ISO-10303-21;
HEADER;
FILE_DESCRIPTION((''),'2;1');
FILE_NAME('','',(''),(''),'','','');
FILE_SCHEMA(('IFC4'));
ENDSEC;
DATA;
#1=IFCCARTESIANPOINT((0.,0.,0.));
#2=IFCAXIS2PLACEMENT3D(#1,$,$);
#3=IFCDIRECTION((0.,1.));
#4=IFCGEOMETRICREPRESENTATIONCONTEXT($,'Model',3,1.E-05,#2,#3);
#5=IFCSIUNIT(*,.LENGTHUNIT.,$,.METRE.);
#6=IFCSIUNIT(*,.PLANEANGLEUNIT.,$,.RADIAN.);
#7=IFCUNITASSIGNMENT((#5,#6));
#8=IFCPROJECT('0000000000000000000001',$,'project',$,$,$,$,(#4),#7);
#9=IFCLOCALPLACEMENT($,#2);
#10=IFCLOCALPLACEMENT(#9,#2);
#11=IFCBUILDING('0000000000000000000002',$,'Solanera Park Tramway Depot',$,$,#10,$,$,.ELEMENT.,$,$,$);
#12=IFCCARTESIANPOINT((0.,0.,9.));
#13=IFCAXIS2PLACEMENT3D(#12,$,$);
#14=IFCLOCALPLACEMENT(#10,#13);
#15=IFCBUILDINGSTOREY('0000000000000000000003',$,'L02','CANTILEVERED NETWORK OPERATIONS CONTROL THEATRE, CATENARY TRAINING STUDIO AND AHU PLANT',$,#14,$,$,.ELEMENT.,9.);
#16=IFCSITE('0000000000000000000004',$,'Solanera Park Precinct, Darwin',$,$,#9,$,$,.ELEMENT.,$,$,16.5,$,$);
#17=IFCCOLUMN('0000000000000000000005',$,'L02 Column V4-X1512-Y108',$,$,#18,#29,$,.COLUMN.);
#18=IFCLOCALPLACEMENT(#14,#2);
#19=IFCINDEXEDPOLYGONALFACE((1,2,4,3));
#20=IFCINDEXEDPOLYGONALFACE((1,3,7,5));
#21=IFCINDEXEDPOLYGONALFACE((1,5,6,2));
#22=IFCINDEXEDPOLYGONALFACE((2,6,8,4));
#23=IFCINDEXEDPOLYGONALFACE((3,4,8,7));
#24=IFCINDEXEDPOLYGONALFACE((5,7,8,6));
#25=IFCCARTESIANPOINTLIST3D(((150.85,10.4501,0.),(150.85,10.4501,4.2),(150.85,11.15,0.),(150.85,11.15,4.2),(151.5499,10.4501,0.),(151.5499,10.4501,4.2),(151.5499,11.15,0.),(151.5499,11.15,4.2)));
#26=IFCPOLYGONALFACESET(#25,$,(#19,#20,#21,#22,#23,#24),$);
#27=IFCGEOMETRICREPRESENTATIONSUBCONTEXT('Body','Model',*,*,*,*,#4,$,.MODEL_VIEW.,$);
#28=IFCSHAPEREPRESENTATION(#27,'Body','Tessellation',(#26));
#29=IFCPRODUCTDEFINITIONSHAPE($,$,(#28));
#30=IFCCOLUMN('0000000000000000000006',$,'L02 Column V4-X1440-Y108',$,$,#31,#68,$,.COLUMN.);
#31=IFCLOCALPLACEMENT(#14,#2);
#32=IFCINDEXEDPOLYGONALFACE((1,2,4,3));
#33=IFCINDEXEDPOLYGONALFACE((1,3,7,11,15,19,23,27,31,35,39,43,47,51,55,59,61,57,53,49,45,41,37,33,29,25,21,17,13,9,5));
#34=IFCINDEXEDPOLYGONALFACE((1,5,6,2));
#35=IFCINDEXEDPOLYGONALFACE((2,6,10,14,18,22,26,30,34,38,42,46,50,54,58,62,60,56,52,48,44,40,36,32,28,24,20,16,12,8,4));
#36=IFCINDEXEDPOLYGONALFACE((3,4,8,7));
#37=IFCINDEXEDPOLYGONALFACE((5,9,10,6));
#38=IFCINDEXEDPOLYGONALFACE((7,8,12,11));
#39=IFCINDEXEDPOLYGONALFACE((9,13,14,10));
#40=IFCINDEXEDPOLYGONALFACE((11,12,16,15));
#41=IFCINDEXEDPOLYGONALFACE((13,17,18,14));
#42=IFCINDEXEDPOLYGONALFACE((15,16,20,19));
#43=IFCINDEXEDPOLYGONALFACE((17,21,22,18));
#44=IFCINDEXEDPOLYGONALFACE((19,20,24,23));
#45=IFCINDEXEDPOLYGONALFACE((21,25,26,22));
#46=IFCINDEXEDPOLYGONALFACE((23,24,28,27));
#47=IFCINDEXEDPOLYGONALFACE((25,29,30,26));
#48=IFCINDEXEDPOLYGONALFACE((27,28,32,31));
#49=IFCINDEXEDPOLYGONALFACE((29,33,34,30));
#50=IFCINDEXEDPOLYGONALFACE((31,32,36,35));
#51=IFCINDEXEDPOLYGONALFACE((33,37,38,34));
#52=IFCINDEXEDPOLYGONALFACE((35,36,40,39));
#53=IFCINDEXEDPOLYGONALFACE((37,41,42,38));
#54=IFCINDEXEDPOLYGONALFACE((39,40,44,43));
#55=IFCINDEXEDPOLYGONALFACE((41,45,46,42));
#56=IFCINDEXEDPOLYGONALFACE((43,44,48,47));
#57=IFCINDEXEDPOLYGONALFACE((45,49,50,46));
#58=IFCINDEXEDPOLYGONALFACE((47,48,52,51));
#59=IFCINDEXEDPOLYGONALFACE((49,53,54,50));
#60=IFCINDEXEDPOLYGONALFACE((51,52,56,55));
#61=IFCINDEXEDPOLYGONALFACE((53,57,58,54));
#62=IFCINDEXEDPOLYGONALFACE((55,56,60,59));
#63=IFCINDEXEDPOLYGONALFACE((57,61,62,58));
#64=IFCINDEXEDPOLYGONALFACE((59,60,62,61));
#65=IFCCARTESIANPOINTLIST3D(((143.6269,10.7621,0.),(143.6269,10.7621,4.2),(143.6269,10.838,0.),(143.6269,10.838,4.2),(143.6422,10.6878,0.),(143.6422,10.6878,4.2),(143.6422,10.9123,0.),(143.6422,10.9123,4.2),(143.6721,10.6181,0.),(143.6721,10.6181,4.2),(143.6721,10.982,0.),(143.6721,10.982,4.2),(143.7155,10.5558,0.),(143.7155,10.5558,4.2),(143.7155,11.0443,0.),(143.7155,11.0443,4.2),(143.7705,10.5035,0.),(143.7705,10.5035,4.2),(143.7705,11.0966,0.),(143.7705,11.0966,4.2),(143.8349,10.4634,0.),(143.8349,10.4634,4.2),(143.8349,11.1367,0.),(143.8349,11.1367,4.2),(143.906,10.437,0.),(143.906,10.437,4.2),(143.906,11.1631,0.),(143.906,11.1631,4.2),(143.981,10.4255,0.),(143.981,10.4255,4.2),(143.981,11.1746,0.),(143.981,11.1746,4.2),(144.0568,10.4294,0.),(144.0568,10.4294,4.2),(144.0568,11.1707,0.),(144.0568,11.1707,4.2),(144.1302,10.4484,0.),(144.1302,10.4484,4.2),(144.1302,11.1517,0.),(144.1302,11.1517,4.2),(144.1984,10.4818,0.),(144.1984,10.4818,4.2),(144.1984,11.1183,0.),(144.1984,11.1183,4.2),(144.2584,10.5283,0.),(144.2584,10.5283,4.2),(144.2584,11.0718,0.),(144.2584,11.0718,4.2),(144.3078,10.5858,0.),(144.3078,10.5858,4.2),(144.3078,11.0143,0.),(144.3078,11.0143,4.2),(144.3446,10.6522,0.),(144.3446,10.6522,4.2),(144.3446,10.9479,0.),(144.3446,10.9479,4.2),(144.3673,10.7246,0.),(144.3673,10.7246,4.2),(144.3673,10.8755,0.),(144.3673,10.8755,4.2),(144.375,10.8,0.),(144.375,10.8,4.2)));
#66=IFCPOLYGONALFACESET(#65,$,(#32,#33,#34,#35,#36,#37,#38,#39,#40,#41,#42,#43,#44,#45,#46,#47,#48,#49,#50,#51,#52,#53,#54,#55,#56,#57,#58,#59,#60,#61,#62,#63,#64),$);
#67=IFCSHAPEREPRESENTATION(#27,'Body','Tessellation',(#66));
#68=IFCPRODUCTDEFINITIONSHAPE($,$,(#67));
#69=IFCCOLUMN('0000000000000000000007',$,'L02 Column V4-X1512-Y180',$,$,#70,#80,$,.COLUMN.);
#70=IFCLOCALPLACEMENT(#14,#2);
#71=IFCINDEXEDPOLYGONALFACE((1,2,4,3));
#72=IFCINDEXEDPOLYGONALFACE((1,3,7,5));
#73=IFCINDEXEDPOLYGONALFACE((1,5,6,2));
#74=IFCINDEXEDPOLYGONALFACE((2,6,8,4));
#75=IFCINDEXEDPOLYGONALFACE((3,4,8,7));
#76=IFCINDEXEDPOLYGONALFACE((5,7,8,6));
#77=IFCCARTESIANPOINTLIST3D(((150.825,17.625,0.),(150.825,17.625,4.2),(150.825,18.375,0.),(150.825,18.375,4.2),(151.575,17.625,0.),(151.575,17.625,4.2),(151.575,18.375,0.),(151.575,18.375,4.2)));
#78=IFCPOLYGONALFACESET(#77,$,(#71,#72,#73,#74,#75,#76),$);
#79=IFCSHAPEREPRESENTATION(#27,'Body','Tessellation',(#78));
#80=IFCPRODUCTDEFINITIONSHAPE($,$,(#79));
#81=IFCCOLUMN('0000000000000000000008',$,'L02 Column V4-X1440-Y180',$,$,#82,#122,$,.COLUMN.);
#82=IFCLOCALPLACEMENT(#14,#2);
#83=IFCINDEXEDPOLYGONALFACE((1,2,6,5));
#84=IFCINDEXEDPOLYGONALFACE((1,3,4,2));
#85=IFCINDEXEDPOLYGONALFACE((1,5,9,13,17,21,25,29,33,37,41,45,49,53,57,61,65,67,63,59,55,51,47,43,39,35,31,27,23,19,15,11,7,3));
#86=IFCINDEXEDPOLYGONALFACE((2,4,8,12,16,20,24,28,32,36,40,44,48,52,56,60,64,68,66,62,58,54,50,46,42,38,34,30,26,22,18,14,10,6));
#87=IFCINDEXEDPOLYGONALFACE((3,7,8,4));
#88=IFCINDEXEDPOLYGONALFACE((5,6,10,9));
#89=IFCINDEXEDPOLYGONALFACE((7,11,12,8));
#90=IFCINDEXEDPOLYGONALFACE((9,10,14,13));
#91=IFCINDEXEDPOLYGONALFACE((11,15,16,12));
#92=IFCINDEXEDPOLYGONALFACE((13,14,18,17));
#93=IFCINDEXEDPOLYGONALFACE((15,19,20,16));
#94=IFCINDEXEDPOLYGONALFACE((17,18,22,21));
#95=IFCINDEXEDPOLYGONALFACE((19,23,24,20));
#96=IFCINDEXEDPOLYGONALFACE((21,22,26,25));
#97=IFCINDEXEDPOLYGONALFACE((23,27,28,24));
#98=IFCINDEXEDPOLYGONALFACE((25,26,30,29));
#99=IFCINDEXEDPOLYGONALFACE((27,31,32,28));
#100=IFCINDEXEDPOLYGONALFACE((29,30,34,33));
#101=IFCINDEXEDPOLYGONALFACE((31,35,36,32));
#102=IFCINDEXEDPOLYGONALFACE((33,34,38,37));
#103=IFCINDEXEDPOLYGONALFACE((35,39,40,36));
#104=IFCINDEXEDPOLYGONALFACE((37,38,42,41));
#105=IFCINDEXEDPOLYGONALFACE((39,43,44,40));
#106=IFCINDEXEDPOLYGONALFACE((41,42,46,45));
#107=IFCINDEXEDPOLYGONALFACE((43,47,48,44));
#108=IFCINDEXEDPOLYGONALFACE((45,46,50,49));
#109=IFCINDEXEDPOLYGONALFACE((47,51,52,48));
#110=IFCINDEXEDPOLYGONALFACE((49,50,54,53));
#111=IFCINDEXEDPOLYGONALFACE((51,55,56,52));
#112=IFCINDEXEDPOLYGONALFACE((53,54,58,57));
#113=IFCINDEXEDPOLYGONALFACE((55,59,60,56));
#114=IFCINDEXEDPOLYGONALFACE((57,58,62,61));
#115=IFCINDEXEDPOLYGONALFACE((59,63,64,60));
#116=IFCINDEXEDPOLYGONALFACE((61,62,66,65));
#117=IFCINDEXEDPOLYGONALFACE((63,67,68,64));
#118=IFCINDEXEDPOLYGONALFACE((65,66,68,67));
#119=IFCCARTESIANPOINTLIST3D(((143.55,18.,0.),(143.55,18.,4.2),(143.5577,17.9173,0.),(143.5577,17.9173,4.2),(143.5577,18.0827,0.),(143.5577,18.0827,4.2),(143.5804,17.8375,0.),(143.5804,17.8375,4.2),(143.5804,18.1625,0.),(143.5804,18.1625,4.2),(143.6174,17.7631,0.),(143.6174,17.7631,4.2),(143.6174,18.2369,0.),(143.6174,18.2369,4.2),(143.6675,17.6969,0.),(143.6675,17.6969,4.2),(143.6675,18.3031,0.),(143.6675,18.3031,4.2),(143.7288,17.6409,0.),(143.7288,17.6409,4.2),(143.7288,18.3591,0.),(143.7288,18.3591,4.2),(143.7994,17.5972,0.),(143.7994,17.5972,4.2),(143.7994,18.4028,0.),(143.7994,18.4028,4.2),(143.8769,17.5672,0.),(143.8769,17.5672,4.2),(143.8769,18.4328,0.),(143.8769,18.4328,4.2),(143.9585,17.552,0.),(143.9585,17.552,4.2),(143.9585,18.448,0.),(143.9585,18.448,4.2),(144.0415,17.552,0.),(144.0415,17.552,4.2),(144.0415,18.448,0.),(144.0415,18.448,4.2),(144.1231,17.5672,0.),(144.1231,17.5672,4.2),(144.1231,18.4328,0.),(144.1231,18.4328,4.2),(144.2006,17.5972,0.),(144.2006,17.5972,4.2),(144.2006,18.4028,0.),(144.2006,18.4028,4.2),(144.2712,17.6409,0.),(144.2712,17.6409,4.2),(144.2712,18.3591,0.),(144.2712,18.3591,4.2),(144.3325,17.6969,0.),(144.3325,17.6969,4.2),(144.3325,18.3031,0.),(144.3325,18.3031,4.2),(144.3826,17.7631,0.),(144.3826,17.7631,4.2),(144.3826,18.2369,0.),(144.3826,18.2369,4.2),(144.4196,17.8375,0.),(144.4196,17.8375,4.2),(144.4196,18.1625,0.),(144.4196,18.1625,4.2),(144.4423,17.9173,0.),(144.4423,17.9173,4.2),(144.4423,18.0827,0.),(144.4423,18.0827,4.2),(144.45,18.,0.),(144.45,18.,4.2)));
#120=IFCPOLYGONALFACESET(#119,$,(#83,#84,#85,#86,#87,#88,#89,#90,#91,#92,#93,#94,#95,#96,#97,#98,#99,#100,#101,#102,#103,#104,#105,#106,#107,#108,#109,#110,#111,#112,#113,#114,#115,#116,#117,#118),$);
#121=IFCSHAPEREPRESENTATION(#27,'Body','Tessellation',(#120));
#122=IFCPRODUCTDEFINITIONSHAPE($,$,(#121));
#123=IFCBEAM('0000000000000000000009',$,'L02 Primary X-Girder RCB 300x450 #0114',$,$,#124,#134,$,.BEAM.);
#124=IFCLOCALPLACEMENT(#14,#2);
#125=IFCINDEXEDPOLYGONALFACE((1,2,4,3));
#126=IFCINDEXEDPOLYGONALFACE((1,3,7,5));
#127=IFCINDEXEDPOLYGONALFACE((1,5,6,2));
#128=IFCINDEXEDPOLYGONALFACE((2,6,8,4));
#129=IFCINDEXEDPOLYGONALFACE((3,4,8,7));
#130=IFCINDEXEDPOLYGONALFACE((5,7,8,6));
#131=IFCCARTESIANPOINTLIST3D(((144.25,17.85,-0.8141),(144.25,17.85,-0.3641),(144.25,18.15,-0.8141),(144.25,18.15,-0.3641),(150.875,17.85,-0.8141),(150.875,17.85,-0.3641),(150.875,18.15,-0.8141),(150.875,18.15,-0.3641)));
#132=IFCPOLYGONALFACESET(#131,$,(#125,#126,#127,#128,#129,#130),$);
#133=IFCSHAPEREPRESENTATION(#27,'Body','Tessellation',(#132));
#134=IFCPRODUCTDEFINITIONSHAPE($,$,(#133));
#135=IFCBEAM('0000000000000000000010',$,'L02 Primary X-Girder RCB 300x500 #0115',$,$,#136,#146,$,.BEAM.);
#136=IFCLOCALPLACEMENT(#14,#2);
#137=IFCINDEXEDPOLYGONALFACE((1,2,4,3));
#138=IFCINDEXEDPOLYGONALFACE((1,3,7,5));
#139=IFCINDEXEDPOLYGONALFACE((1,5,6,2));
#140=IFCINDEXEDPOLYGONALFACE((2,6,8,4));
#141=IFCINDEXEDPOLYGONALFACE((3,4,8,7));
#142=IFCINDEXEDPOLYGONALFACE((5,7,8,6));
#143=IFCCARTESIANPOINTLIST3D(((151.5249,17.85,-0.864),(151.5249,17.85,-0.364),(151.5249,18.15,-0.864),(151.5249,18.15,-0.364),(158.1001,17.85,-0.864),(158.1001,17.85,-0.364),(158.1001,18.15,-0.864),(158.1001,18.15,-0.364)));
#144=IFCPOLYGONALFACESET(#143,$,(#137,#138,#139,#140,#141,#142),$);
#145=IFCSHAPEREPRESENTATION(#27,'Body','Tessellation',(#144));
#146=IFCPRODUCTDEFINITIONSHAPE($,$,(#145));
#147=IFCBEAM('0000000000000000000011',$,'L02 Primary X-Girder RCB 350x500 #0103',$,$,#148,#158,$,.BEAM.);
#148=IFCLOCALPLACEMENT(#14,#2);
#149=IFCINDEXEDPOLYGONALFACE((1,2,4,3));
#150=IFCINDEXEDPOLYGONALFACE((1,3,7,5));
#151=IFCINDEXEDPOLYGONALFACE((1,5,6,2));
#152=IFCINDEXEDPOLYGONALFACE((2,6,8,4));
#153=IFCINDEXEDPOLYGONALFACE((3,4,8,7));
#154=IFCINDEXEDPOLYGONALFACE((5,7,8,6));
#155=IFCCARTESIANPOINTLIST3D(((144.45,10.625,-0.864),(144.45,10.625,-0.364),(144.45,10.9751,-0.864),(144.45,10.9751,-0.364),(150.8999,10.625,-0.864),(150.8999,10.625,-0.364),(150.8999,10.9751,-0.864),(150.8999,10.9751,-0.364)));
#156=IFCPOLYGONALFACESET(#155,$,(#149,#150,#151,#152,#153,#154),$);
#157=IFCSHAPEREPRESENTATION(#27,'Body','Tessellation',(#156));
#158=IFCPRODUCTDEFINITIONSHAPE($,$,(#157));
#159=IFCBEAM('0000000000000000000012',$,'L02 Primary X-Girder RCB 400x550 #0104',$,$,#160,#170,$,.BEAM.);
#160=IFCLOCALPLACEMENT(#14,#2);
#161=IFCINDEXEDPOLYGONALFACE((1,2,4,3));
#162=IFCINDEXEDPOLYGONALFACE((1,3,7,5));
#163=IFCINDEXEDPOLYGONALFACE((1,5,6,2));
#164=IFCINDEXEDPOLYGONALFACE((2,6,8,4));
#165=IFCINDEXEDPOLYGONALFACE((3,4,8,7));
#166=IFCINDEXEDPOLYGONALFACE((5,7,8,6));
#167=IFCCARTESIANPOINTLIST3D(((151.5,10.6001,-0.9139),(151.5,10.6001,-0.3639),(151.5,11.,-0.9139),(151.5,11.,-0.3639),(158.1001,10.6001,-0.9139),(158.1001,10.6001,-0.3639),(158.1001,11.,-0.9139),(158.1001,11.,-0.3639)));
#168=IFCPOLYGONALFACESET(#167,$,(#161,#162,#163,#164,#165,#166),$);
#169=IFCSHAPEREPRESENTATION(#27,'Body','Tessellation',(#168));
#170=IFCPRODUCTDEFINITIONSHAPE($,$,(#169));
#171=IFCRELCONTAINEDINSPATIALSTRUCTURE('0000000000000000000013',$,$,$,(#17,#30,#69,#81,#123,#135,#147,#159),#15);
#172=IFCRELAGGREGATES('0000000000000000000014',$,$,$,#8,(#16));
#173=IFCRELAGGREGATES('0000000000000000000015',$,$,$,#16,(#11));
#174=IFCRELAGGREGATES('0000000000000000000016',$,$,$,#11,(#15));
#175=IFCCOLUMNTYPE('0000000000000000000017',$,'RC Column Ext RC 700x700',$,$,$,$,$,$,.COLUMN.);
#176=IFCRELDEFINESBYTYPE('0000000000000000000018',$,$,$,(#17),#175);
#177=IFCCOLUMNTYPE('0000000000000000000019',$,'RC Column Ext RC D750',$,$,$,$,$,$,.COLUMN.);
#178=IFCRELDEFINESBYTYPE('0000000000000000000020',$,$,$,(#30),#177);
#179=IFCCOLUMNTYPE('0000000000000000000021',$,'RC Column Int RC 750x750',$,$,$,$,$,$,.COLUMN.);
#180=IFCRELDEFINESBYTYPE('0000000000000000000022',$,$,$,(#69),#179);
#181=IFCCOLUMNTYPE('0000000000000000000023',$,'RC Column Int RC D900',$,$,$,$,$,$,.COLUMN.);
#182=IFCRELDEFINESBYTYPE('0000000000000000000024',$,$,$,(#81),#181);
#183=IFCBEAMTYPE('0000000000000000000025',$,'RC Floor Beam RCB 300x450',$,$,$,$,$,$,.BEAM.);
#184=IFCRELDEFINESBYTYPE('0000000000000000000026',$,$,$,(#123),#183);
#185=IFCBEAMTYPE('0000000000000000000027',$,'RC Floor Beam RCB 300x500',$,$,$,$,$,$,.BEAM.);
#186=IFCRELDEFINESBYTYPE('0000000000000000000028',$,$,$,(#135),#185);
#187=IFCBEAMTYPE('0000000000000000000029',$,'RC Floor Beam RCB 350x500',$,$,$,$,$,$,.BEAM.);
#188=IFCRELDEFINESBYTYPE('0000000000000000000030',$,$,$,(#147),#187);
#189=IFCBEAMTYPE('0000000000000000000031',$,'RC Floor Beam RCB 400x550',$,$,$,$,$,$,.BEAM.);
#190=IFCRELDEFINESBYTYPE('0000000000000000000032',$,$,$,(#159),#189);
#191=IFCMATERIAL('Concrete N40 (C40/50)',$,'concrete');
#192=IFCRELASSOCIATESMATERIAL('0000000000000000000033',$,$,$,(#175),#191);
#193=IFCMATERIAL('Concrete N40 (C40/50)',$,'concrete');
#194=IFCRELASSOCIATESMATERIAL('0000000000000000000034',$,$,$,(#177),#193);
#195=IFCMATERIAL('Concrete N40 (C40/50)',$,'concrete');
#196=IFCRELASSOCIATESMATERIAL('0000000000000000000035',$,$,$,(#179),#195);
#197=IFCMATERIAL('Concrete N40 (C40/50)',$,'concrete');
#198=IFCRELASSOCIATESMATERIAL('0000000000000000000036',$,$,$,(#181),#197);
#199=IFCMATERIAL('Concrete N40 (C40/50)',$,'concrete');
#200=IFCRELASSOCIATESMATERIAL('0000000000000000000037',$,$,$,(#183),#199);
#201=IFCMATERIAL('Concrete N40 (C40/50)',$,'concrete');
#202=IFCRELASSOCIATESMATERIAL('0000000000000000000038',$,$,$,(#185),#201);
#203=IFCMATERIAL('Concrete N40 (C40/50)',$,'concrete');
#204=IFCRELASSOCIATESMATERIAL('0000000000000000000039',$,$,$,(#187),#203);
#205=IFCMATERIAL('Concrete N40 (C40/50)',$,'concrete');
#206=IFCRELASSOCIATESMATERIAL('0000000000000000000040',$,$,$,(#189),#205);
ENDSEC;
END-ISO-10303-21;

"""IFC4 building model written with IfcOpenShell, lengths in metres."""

from ifc_helpers import new_model, si_unit, direction, frame, origin, origin_2d, place, context, subcontext, project, spatial, rectangle, circle, extrude, material, material_profile, profile_set, type_object, element, save


model = new_model("IFC4")

# Units and contexts
model_context = context("Model", 3, precision=1e-05, world=origin(), true_north=direction((0.0, 1.0)))
body_context = subcontext(model_context, "Body", "Model", "MODEL_VIEW")
ifc_project = project(units=[si_unit("LENGTHUNIT", "METRE"), si_unit("PLANEANGLEUNIT", "RADIAN")], contexts=[model_context])

# Site, building, storey
site_placement = place(None, origin())
site = spatial("IfcSite", under=ifc_project, at=site_placement, Name="Solanera Park Precinct, Darwin", CompositionType="ELEMENT", RefElevation=16.5)
building_placement = place(site_placement, origin())
building = spatial("IfcBuilding", under=site, at=building_placement, Name="Solanera Park Tramway Depot", CompositionType="ELEMENT")
storey_placement = place(building_placement, frame((0.0, 0.0, 9.0)))
storey = spatial("IfcBuildingStorey", under=building, at=storey_placement, Name="L02", Description="CANTILEVERED NETWORK OPERATIONS CONTROL THEATRE, CATENARY TRAINING STUDIO AND AHU PLANT", CompositionType="ELEMENT", Elevation=9.0)

# Columns
ifc_material_1 = material(Name="Concrete N40 (C40/50)", Category="concrete")
ifc_material_profile_1 = material_profile(ifc_material_1, rectangle(XDim=0.7, YDim=0.7, at=origin_2d()), Name="RC 700x700")
ifc_profile_set_1 = profile_set([ifc_material_profile_1], Name="Concrete N40 (C40/50)")
column_type_1 = type_object("IfcColumnType", Name="RC Column Ext RC 700x700", PredefinedType="COLUMN", material=ifc_profile_set_1)
column_1_placement = place(storey_placement, frame((151.2, 10.8, 0.0), z_axis=(0.0, 0.0, 1.0), x_axis=(1.0, 0.0, 0.0)))
element("IfcColumn", 1, at=column_1_placement, inside=storey, type_object=column_type_1, Name="L02 Column V4-X1512-Y108", PredefinedType="COLUMN", context=body_context, shape_type="SweptSolid", body=[
    extrude(rectangle(XDim=0.7, YDim=0.7, at=origin_2d()), origin(), (0.0, 0.0, 1.0), 4.2),
])
ifc_material_2 = material(Name="Concrete N40 (C40/50)", Category="concrete")
ifc_material_profile_2 = material_profile(ifc_material_2, circle(Radius=0.375, at=origin_2d()), Name="RC D750")
ifc_profile_set_2 = profile_set([ifc_material_profile_2], Name="Concrete N40 (C40/50)")
column_type_2 = type_object("IfcColumnType", Name="RC Column Ext RC D750", PredefinedType="COLUMN", material=ifc_profile_set_2)
column_2_placement = place(storey_placement, frame((144.0, 10.8, 0.0), z_axis=(0.0, 0.0, 1.0), x_axis=(1.0, 0.0, 0.0)))
element("IfcColumn", 2, at=column_2_placement, inside=storey, type_object=column_type_2, Name="L02 Column V4-X1440-Y108", PredefinedType="COLUMN", context=body_context, shape_type="SweptSolid", body=[
    extrude(circle(Radius=0.375, at=origin_2d()), origin(), (0.0, 0.0, 1.0), 4.2),
])
ifc_material_3 = material(Name="Concrete N40 (C40/50)", Category="concrete")
ifc_material_profile_3 = material_profile(ifc_material_3, rectangle(XDim=0.75, YDim=0.75, at=origin_2d()), Name="RC 750x750")
ifc_profile_set_3 = profile_set([ifc_material_profile_3], Name="Concrete N40 (C40/50)")
column_type_3 = type_object("IfcColumnType", Name="RC Column Int RC 750x750", PredefinedType="COLUMN", material=ifc_profile_set_3)
column_3_placement = place(storey_placement, frame((151.2, 18.0, 0.0), z_axis=(0.0, 0.0, 1.0), x_axis=(1.0, 0.0, 0.0)))
element("IfcColumn", 3, at=column_3_placement, inside=storey, type_object=column_type_3, Name="L02 Column V4-X1512-Y180", PredefinedType="COLUMN", context=body_context, shape_type="SweptSolid", body=[
    extrude(rectangle(XDim=0.75, YDim=0.75, at=origin_2d()), origin(), (0.0, 0.0, 1.0), 4.2),
])
ifc_material_4 = material(Name="Concrete N40 (C40/50)", Category="concrete")
ifc_material_profile_4 = material_profile(ifc_material_4, circle(Radius=0.45, at=origin_2d()), Name="RC D900")
ifc_profile_set_4 = profile_set([ifc_material_profile_4], Name="Concrete N40 (C40/50)")
column_type_4 = type_object("IfcColumnType", Name="RC Column Int RC D900", PredefinedType="COLUMN", material=ifc_profile_set_4)
column_4_placement = place(storey_placement, frame((144.0, 18.0, 0.0), z_axis=(0.0, 0.0, 1.0), x_axis=(1.0, 0.0, 0.0)))
element("IfcColumn", 4, at=column_4_placement, inside=storey, type_object=column_type_4, Name="L02 Column V4-X1440-Y180", PredefinedType="COLUMN", context=body_context, shape_type="SweptSolid", body=[
    extrude(circle(Radius=0.45, at=origin_2d()), origin(), (0.0, 0.0, 1.0), 4.2),
])

# Beams
ifc_material_5 = material(Name="Concrete N40 (C40/50)", Category="concrete")
ifc_material_profile_5 = material_profile(ifc_material_5, rectangle(XDim=0.3, YDim=0.45, at=origin_2d()), Name="RCB 300x450")
ifc_profile_set_5 = profile_set([ifc_material_profile_5], Name="Concrete N40 (C40/50)")
beam_type_1 = type_object("IfcBeamType", Name="RC Floor Beam RCB 300x450", PredefinedType="BEAM", material=ifc_profile_set_5)
beam_1_placement = place(storey_placement, frame((144.25, 18.0, -0.5891), z_axis=(1.0, 0.0, 0.0), x_axis=(0.0, 1.0, 0.0)))
element("IfcBeam", 5, at=beam_1_placement, inside=storey, type_object=beam_type_1, Name="L02 Primary X-Girder RCB 300x450 #0114", PredefinedType="BEAM", context=body_context, shape_type="SweptSolid", body=[
    extrude(rectangle(XDim=0.3, YDim=0.45, at=origin_2d()), origin(), (0.0, 0.0, 1.0), 6.625),
])
ifc_material_6 = material(Name="Concrete N40 (C40/50)", Category="concrete")
ifc_material_profile_6 = material_profile(ifc_material_6, rectangle(XDim=0.3, YDim=0.5, at=origin_2d()), Name="RCB 300x500")
ifc_profile_set_6 = profile_set([ifc_material_profile_6], Name="Concrete N40 (C40/50)")
beam_type_2 = type_object("IfcBeamType", Name="RC Floor Beam RCB 300x500", PredefinedType="BEAM", material=ifc_profile_set_6)
beam_2_placement = place(storey_placement, frame((151.5249, 18.0, -0.614), z_axis=(1.0, 0.0, 0.0), x_axis=(0.0, 1.0, 0.0)))
element("IfcBeam", 6, at=beam_2_placement, inside=storey, type_object=beam_type_2, Name="L02 Primary X-Girder RCB 300x500 #0115", PredefinedType="BEAM", context=body_context, shape_type="SweptSolid", body=[
    extrude(rectangle(XDim=0.3, YDim=0.5, at=origin_2d()), origin(), (0.0, 0.0, 1.0), 6.5752),
])
ifc_material_7 = material(Name="Concrete N40 (C40/50)", Category="concrete")
ifc_material_profile_7 = material_profile(ifc_material_7, rectangle(XDim=0.3501, YDim=0.5, at=origin_2d()), Name="RCB 350x500")
ifc_profile_set_7 = profile_set([ifc_material_profile_7], Name="Concrete N40 (C40/50)")
beam_type_3 = type_object("IfcBeamType", Name="RC Floor Beam RCB 350x500", PredefinedType="BEAM", material=ifc_profile_set_7)
beam_3_placement = place(storey_placement, frame((144.45, 10.8, -0.614), z_axis=(1.0, 0.0, 0.0), x_axis=(0.0, 1.0, 0.0)))
element("IfcBeam", 7, at=beam_3_placement, inside=storey, type_object=beam_type_3, Name="L02 Primary X-Girder RCB 350x500 #0103", PredefinedType="BEAM", context=body_context, shape_type="SweptSolid", body=[
    extrude(rectangle(XDim=0.3501, YDim=0.5, at=origin_2d()), origin(), (0.0, 0.0, 1.0), 6.45),
])
ifc_material_8 = material(Name="Concrete N40 (C40/50)", Category="concrete")
ifc_material_profile_8 = material_profile(ifc_material_8, rectangle(XDim=0.3999, YDim=0.55, at=origin_2d()), Name="RCB 400x550")
ifc_profile_set_8 = profile_set([ifc_material_profile_8], Name="Concrete N40 (C40/50)")
beam_type_4 = type_object("IfcBeamType", Name="RC Floor Beam RCB 400x550", PredefinedType="BEAM", material=ifc_profile_set_8)
beam_4_placement = place(storey_placement, frame((151.5, 10.8, -0.6389), z_axis=(1.0, 0.0, 0.0), x_axis=(0.0, 1.0, 0.0)))
element("IfcBeam", 8, at=beam_4_placement, inside=storey, type_object=beam_type_4, Name="L02 Primary X-Girder RCB 400x550 #0104", PredefinedType="BEAM", context=body_context, shape_type="SweptSolid", body=[
    extrude(rectangle(XDim=0.3999, YDim=0.55, at=origin_2d()), origin(), (0.0, 0.0, 1.0), 6.6001),
])

save(model, "model.ifc")
